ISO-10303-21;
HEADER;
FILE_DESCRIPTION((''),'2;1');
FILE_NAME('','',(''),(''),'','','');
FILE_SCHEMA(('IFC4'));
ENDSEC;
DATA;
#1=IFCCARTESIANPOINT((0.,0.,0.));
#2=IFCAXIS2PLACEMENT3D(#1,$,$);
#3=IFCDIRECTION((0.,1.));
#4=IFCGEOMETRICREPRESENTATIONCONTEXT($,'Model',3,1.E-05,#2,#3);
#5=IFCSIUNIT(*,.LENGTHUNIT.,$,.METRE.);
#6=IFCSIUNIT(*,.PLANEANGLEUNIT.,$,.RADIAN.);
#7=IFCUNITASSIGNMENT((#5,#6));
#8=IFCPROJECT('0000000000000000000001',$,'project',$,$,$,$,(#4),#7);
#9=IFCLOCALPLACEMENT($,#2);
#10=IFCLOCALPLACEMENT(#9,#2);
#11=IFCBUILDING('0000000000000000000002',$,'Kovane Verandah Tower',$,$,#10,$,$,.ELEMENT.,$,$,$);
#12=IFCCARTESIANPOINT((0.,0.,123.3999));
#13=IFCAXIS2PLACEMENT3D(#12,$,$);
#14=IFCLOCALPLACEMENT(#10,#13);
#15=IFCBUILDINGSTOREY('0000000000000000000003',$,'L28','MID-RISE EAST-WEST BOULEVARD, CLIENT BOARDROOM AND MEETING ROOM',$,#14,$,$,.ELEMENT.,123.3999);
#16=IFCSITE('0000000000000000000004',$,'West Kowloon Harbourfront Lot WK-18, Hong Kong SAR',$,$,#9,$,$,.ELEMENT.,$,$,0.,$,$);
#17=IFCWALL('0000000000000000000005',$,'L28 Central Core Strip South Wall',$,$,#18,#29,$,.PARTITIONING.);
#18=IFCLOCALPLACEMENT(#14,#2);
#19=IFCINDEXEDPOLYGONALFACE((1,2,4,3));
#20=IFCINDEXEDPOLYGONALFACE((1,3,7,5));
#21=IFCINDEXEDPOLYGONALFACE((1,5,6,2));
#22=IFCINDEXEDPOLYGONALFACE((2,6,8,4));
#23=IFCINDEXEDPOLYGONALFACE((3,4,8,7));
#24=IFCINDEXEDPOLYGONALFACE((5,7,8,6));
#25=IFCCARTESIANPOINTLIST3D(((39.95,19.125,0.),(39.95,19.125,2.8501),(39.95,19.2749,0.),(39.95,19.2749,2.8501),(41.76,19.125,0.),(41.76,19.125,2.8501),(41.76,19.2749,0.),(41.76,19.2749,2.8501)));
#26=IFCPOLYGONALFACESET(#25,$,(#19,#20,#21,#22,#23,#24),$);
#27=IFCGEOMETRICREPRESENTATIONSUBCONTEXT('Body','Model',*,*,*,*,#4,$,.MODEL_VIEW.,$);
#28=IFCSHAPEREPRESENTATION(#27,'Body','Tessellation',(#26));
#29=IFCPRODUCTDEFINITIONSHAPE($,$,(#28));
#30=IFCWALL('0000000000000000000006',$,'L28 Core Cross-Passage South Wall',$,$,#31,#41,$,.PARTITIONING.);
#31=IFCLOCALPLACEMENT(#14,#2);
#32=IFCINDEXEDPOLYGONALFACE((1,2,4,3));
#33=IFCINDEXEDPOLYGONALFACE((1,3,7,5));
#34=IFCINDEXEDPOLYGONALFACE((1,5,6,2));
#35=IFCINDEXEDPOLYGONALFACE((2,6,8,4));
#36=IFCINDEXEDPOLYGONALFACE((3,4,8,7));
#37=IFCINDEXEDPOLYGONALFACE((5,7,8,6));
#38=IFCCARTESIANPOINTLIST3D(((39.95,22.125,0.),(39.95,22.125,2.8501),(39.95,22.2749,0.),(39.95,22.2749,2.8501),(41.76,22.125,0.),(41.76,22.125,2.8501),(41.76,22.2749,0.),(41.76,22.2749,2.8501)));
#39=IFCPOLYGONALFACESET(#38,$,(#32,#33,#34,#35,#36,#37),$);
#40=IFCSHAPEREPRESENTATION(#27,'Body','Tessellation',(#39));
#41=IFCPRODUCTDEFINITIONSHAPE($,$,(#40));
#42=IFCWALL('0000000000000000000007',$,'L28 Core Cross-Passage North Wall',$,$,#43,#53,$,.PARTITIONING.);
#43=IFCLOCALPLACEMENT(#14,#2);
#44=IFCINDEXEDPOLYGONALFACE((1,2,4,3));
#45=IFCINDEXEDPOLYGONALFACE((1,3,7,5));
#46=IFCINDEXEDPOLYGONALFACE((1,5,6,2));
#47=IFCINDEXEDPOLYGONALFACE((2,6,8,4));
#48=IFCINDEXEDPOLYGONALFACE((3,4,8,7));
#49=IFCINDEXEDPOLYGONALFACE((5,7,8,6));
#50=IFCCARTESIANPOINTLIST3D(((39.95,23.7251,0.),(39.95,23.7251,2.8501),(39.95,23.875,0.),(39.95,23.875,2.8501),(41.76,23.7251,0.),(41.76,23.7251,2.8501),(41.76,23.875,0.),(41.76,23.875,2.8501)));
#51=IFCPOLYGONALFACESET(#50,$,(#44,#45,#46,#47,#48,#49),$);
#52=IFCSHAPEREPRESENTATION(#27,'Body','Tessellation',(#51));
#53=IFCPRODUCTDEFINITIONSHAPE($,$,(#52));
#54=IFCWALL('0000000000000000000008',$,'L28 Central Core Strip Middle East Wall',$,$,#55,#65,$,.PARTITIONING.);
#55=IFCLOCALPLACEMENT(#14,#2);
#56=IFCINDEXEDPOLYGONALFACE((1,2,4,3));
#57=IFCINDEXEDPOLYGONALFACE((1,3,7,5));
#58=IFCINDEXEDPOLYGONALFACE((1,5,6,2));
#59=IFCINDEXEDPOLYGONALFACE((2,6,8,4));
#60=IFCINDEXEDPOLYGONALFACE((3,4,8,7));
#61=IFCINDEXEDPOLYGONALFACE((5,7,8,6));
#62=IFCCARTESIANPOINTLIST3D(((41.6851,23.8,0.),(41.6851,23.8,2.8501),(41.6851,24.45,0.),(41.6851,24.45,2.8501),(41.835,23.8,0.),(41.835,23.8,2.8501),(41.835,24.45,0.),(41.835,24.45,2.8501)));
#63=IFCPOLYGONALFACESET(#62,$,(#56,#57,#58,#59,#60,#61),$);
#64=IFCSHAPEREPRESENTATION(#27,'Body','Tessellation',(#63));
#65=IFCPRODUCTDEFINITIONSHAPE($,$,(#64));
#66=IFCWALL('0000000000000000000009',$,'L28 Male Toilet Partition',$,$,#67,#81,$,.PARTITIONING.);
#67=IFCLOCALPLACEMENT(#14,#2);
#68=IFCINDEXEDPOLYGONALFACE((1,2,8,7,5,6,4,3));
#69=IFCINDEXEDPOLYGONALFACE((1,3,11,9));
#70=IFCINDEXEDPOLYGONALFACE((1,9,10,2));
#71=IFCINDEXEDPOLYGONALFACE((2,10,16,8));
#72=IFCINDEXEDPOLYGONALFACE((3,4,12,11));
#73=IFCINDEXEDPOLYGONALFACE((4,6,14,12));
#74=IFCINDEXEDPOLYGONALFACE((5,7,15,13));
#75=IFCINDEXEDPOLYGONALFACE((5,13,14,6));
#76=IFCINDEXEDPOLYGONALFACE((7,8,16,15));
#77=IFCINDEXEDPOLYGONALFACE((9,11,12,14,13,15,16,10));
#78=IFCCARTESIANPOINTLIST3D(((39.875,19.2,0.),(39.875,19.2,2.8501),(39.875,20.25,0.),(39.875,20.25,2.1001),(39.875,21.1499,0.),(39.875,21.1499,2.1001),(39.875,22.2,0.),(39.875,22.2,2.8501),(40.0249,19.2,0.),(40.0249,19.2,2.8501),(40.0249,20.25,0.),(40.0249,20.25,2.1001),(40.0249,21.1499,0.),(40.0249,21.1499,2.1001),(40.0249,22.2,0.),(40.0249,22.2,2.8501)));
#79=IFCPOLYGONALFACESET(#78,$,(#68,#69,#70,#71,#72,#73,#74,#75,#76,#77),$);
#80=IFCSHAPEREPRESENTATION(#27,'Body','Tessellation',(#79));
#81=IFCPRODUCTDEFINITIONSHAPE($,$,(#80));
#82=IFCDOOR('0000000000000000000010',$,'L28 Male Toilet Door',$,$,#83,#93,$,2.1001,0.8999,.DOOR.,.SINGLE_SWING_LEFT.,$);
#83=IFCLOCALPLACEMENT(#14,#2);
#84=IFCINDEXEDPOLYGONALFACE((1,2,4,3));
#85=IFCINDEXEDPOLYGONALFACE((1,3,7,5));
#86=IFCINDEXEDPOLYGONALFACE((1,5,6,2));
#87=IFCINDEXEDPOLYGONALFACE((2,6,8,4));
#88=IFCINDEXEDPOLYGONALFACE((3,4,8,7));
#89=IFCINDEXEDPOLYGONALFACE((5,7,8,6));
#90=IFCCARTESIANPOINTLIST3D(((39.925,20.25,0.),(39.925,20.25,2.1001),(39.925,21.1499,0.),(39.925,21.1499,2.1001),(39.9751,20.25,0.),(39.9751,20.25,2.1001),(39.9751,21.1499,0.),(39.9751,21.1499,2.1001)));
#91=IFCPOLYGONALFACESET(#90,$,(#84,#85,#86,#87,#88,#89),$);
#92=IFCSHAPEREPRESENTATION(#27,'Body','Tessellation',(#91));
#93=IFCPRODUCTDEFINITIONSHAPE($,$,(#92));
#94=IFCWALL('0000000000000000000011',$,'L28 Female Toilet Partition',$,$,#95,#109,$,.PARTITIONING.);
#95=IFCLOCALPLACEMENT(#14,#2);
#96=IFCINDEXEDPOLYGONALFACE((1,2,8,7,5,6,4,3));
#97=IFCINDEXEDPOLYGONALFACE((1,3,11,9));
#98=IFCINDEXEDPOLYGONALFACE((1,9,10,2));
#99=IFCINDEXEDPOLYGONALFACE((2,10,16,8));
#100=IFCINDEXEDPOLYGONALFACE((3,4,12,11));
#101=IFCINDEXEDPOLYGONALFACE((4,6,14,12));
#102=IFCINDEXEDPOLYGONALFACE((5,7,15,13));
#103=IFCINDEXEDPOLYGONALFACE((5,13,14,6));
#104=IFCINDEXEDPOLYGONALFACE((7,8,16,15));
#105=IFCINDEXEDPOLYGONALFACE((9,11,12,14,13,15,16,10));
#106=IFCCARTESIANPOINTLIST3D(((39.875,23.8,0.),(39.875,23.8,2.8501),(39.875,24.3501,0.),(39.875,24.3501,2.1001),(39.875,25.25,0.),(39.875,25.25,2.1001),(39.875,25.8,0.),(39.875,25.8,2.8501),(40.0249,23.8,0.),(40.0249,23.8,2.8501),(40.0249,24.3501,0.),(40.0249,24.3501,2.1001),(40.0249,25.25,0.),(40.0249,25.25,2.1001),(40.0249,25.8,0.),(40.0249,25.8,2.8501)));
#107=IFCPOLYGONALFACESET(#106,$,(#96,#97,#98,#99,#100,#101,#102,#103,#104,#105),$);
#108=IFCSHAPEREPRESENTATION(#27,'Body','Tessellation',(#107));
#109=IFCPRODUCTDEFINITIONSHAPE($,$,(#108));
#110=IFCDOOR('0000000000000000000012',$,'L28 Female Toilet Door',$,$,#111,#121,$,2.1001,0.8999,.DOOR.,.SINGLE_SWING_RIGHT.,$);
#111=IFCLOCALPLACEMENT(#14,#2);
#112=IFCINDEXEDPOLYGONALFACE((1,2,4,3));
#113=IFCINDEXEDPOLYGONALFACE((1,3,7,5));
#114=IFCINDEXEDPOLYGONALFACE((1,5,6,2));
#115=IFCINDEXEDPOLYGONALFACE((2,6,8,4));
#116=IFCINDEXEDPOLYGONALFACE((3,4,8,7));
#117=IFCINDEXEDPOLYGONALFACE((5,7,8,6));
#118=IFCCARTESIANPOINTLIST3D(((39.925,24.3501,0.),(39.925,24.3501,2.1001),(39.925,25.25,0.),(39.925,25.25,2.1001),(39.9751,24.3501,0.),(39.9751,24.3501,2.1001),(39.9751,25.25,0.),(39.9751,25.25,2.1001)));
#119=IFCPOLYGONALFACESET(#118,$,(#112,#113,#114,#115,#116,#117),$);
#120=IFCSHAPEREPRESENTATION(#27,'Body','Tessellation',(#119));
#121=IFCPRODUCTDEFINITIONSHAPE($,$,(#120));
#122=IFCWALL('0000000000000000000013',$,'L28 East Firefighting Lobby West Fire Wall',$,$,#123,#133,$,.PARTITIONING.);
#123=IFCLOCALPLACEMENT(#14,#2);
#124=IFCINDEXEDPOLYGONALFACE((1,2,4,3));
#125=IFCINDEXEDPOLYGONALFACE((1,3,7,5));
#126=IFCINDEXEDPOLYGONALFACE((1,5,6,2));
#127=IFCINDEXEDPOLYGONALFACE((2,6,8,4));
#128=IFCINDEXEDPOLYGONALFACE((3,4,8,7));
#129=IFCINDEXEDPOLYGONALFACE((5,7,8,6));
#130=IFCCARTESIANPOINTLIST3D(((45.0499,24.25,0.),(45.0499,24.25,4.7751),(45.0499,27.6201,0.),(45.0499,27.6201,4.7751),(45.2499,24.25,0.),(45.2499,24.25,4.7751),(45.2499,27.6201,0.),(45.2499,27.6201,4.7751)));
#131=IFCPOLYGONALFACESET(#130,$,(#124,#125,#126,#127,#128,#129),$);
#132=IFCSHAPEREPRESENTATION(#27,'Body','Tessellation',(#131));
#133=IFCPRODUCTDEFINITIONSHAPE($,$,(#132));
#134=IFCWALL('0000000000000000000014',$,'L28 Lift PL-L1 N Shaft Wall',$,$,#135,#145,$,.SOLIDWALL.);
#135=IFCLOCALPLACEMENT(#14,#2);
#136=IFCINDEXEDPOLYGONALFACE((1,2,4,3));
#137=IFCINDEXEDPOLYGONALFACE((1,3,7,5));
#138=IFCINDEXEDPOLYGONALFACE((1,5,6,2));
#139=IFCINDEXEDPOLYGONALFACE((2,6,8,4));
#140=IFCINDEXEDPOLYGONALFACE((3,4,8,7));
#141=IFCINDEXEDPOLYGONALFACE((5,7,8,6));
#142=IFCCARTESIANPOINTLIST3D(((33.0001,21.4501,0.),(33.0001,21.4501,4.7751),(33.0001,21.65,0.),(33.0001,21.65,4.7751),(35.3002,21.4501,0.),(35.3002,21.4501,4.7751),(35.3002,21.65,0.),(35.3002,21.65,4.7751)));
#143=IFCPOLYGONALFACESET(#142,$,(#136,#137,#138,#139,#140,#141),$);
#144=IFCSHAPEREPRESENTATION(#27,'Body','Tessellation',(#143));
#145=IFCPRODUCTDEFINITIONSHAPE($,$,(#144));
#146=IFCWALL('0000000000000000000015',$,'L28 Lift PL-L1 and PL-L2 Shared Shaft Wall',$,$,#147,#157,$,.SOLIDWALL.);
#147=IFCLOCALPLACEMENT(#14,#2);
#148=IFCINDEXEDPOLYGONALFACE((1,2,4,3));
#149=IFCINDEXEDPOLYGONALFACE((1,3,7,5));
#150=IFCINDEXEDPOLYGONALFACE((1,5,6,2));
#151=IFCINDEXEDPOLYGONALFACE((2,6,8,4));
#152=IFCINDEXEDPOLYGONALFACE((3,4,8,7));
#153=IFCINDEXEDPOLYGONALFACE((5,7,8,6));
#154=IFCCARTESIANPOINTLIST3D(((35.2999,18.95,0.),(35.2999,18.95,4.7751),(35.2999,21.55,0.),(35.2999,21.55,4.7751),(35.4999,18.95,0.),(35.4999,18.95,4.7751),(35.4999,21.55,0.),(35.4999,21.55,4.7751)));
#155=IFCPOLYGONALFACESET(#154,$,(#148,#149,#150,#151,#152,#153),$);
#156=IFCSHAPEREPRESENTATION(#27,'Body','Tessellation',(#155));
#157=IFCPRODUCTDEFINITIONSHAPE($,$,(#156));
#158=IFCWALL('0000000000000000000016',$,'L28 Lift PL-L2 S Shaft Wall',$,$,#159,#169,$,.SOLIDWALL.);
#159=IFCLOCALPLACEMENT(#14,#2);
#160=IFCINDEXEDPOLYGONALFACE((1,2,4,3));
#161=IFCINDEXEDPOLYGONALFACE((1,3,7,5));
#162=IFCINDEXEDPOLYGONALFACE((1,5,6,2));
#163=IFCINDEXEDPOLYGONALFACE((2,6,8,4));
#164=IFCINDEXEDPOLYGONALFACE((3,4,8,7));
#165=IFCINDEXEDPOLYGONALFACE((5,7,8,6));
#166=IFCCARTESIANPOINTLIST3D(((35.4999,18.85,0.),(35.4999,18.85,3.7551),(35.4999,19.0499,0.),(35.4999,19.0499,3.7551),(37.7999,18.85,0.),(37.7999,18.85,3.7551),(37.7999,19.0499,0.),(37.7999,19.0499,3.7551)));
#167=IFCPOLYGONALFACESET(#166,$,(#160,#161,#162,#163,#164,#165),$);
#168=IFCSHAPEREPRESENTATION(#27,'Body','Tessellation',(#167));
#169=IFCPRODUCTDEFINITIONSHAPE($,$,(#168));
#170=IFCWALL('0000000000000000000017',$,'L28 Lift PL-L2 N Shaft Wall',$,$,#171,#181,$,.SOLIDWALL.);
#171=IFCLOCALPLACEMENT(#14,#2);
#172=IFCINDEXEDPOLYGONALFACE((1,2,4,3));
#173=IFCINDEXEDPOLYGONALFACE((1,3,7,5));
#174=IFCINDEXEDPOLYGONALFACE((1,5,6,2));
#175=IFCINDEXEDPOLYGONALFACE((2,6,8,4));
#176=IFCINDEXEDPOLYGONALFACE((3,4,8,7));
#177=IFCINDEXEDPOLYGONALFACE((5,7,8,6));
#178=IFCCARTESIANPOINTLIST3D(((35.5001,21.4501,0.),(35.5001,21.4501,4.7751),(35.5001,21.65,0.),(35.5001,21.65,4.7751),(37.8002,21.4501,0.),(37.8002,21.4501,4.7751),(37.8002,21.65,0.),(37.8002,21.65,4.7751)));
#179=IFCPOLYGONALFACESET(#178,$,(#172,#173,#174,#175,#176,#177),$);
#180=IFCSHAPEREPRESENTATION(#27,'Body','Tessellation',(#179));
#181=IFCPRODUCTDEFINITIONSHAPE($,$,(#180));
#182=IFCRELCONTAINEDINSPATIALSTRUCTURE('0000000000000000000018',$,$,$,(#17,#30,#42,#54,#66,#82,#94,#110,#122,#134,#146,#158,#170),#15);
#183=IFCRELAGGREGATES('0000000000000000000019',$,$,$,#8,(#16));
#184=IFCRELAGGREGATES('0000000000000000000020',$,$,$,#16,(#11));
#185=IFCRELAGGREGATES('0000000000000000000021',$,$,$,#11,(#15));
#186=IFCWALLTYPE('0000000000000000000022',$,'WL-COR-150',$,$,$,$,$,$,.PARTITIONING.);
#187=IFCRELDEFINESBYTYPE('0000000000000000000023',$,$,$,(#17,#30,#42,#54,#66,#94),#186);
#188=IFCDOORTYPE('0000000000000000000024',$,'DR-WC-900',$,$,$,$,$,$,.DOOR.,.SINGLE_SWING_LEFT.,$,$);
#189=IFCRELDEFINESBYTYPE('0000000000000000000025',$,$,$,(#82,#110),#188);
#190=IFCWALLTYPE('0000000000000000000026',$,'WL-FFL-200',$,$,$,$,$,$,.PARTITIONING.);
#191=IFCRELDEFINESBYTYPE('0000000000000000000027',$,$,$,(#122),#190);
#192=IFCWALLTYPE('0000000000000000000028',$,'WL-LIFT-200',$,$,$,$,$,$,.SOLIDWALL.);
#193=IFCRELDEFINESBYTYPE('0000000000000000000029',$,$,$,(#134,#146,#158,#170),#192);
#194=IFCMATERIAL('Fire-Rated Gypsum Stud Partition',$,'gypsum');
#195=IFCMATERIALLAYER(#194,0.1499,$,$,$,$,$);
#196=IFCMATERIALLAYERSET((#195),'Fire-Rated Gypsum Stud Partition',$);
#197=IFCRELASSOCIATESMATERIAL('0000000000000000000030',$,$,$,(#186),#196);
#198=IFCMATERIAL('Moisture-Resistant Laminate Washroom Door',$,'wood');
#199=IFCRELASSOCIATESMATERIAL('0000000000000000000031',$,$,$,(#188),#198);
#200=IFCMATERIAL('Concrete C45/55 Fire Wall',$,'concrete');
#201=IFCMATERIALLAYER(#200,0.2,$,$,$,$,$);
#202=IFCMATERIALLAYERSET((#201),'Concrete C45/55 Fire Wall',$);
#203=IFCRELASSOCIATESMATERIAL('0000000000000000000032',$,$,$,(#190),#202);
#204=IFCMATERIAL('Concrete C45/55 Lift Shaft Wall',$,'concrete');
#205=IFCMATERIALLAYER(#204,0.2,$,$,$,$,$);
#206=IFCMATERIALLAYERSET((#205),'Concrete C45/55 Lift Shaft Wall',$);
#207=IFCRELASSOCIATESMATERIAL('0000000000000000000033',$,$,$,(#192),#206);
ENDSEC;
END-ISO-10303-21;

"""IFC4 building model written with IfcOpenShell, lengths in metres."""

from ifc_helpers import new_model, si_unit, direction, frame, frame_2d, origin, place, context, subcontext, project, spatial, rectangle, extrude, material, layer, layer_set, type_object, element, fill, save


model = new_model("IFC4")

# Units and contexts
model_context = context("Model", 3, precision=1e-05, world=origin(), true_north=direction((0.0, 1.0)))
body_context = subcontext(model_context, "Body", "Model", "MODEL_VIEW")
ifc_project = project(units=[si_unit("LENGTHUNIT", "METRE"), si_unit("PLANEANGLEUNIT", "RADIAN")], contexts=[model_context])

# Site, building, storey
site_placement = place(None, origin())
site = spatial("IfcSite", under=ifc_project, at=site_placement, Name="West Kowloon Harbourfront Lot WK-18, Hong Kong SAR", CompositionType="ELEMENT", RefElevation=0.0)
building_placement = place(site_placement, origin())
building = spatial("IfcBuilding", under=site, at=building_placement, Name="Kovane Verandah Tower", CompositionType="ELEMENT")
storey_placement = place(building_placement, frame((0.0, 0.0, 123.3999)))
storey = spatial("IfcBuildingStorey", under=building, at=storey_placement, Name="L28", Description="MID-RISE EAST-WEST BOULEVARD, CLIENT BOARDROOM AND MEETING ROOM", CompositionType="ELEMENT", Elevation=123.3999)

# Walls
ifc_material_1 = material(Name="Fire-Rated Gypsum Stud Partition", Category="gypsum")
ifc_layer_1 = layer(ifc_material_1, 0.1499)
ifc_layer_set_1 = layer_set([ifc_layer_1], Name="Fire-Rated Gypsum Stud Partition")
wall_type_1 = type_object("IfcWallType", Name="WL-COR-150", PredefinedType="PARTITIONING", material=ifc_layer_set_1)
for number, where, z_axis, x_axis, name in (
    (1, (39.95, 19.2, 0.0), (0.0, 0.0, 1.0), (1.0, 0.0, 0.0), "L28 Central Core Strip South Wall"),
    (2, (39.95, 22.2, 0.0), (0.0, 0.0, 1.0), (1.0, 0.0, 0.0), "L28 Core Cross-Passage South Wall"),
    (3, (39.95, 23.8, 0.0), (0.0, 0.0, 1.0), (1.0, 0.0, 0.0), "L28 Core Cross-Passage North Wall"),
):
    element("IfcWall", number, at=place(storey_placement, frame(where, z_axis=z_axis, x_axis=x_axis)), inside=storey, type_object=wall_type_1, Name=name, PredefinedType="PARTITIONING", context=body_context, shape_type="SweptSolid", body=[
        extrude(rectangle(XDim=1.8101, YDim=0.1499, at=frame_2d((0.905, 0.0))), origin(), (0.0, 0.0, 1.0), 2.8501),
    ])
wall_1_placement = place(storey_placement, frame((41.76, 23.8, 0.0), z_axis=(0.0, 0.0, 1.0), x_axis=(0.0, 1.0, 0.0)))
element("IfcWall", 4, at=wall_1_placement, inside=storey, type_object=wall_type_1, Name="L28 Central Core Strip Middle East Wall", PredefinedType="PARTITIONING", context=body_context, shape_type="SweptSolid", body=[
    extrude(rectangle(XDim=0.6499, YDim=0.1499, at=frame_2d((0.325, 0.0))), origin(), (0.0, 0.0, 1.0), 2.8501),
])

# Walls, openings, doors
wall_2_placement = place(storey_placement, frame((39.95, 19.2, 0.0), z_axis=(0.0, 0.0, 1.0), x_axis=(0.0, 1.0, 0.0)))
wall_2 = element("IfcWall", 5, at=wall_2_placement, inside=storey, type_object=wall_type_1, Name="L28 Male Toilet Partition", PredefinedType="PARTITIONING", context=body_context, shape_type="SweptSolid", body=[
    extrude(rectangle(XDim=3.0, YDim=0.1499, at=frame_2d((1.5, 0.0))), origin(), (0.0, 0.0, 1.0), 2.8501),
])
opening_1_placement = place(wall_2_placement, frame((1.05, 0.0, 0.0)))
opening_1 = element("IfcOpeningElement", 6, at=opening_1_placement, cuts=wall_2, PredefinedType="OPENING", context=body_context, shape_type="SweptSolid", body=[
    extrude(rectangle(XDim=0.8999, YDim=2.1001, at=frame_2d((0.45, 1.05))), frame((0.0, 0.075, 0.0), z_axis=(0.0, -1.0, 0.0), x_axis=(1.0, 0.0, 0.0)), (0.0, 0.0, 1.0), 0.1499),
])
ifc_material_2 = material(Name="Moisture-Resistant Laminate Washroom Door", Category="wood")
door_type_1 = type_object("IfcDoorType", Name="DR-WC-900", OperationType="SINGLE_SWING_LEFT", PredefinedType="DOOR", material=ifc_material_2)
door_1_placement = place(opening_1_placement, origin())
door_1 = element("IfcDoor", 7, at=door_1_placement, inside=storey, type_object=door_type_1, Name="L28 Male Toilet Door", OperationType="SINGLE_SWING_LEFT", OverallHeight=2.1001, OverallWidth=0.8999, PredefinedType="DOOR", context=body_context, shape_type="SweptSolid", body=[
    extrude(rectangle(XDim=0.8999, YDim=2.1001, at=frame_2d((0.45, 1.05))), frame((0.0, 0.0249, 0.0), z_axis=(0.0, -1.0, 0.0), x_axis=(1.0, 0.0, 0.0)), (0.0, 0.0, 1.0), 0.05),
])
fill(opening_1, door_1)
wall_3_placement = place(storey_placement, frame((39.95, 23.8, 0.0), z_axis=(0.0, 0.0, 1.0), x_axis=(0.0, 1.0, 0.0)))
wall_3 = element("IfcWall", 8, at=wall_3_placement, inside=storey, type_object=wall_type_1, Name="L28 Female Toilet Partition", PredefinedType="PARTITIONING", context=body_context, shape_type="SweptSolid", body=[
    extrude(rectangle(XDim=2.0, YDim=0.1499, at=frame_2d((1.0, 0.0))), origin(), (0.0, 0.0, 1.0), 2.8501),
])
opening_2_placement = place(wall_3_placement, frame((0.55, 0.0, 0.0)))
opening_2 = element("IfcOpeningElement", 9, at=opening_2_placement, cuts=wall_3, PredefinedType="OPENING", context=body_context, shape_type="SweptSolid", body=[
    extrude(rectangle(XDim=0.8999, YDim=2.1001, at=frame_2d((0.45, 1.05))), frame((0.0, 0.075, 0.0), z_axis=(0.0, -1.0, 0.0), x_axis=(1.0, 0.0, 0.0)), (0.0, 0.0, 1.0), 0.1499),
])
door_2_placement = place(opening_2_placement, origin())
door_2 = element("IfcDoor", 10, at=door_2_placement, inside=storey, type_object=door_type_1, Name="L28 Female Toilet Door", OperationType="SINGLE_SWING_RIGHT", OverallHeight=2.1001, OverallWidth=0.8999, PredefinedType="DOOR", context=body_context, shape_type="SweptSolid", body=[
    extrude(rectangle(XDim=0.8999, YDim=2.1001, at=frame_2d((0.45, 1.05))), frame((0.0, 0.0249, 0.0), z_axis=(0.0, -1.0, 0.0), x_axis=(1.0, 0.0, 0.0)), (0.0, 0.0, 1.0), 0.05),
])
fill(opening_2, door_2)

# Wall
ifc_material_3 = material(Name="Concrete C45/55 Fire Wall", Category="concrete")
ifc_layer_2 = layer(ifc_material_3, 0.2)
ifc_layer_set_2 = layer_set([ifc_layer_2], Name="Concrete C45/55 Fire Wall")
wall_type_2 = type_object("IfcWallType", Name="WL-FFL-200", PredefinedType="PARTITIONING", material=ifc_layer_set_2)
wall_4_placement = place(storey_placement, frame((45.1499, 24.25, 0.0), z_axis=(0.0, 0.0, 1.0), x_axis=(0.0, 1.0, 0.0)))
element("IfcWall", 11, at=wall_4_placement, inside=storey, type_object=wall_type_2, Name="L28 East Firefighting Lobby West Fire Wall", PredefinedType="PARTITIONING", context=body_context, shape_type="SweptSolid", body=[
    extrude(rectangle(XDim=3.3701, YDim=0.2, at=frame_2d((1.6851, 0.0))), origin(), (0.0, 0.0, 1.0), 4.7751),
])

# Walls
ifc_material_4 = material(Name="Concrete C45/55 Lift Shaft Wall", Category="concrete")
ifc_layer_3 = layer(ifc_material_4, 0.2)
ifc_layer_set_3 = layer_set([ifc_layer_3], Name="Concrete C45/55 Lift Shaft Wall")
wall_type_3 = type_object("IfcWallType", Name="WL-LIFT-200", PredefinedType="SOLIDWALL", material=ifc_layer_set_3)
wall_5_placement = place(storey_placement, frame((35.3, 21.55, 0.0), z_axis=(0.0, 0.0, 1.0), x_axis=(-1.0, 0.0, 0.0)))
element("IfcWall", 12, at=wall_5_placement, inside=storey, type_object=wall_type_3, Name="L28 Lift PL-L1 N Shaft Wall", PredefinedType="SOLIDWALL", context=body_context, shape_type="SweptSolid", body=[
    extrude(rectangle(XDim=2.3, YDim=0.2, at=frame_2d((1.1499, 0.0))), origin(), (0.0, 0.0, 1.0), 4.7751),
])
wall_6_placement = place(storey_placement, frame((35.3999, 18.95, 0.0), z_axis=(0.0, 0.0, 1.0), x_axis=(0.0, 1.0, 0.0)))
element("IfcWall", 13, at=wall_6_placement, inside=storey, type_object=wall_type_3, Name="L28 Lift PL-L1 and PL-L2 Shared Shaft Wall", PredefinedType="SOLIDWALL", context=body_context, shape_type="SweptSolid", body=[
    extrude(rectangle(XDim=2.6001, YDim=0.2, at=frame_2d((1.3, 0.0))), origin(), (0.0, 0.0, 1.0), 4.7751),
])
wall_7_placement = place(storey_placement, frame((35.5, 18.95, 0.0), z_axis=(0.0, 0.0, 1.0), x_axis=(1.0, 0.0, 0.0)))
element("IfcWall", 14, at=wall_7_placement, inside=storey, type_object=wall_type_3, Name="L28 Lift PL-L2 S Shaft Wall", PredefinedType="SOLIDWALL", context=body_context, shape_type="SweptSolid", body=[
    extrude(rectangle(XDim=2.3, YDim=0.2, at=frame_2d((1.1499, 0.0))), origin(), (0.0, 0.0, 1.0), 3.7551),
])
wall_8_placement = place(storey_placement, frame((37.8, 21.55, 0.0), z_axis=(0.0, 0.0, 1.0), x_axis=(-1.0, 0.0, 0.0)))
element("IfcWall", 15, at=wall_8_placement, inside=storey, type_object=wall_type_3, Name="L28 Lift PL-L2 N Shaft Wall", PredefinedType="SOLIDWALL", context=body_context, shape_type="SweptSolid", body=[
    extrude(rectangle(XDim=2.3, YDim=0.2, at=frame_2d((1.1499, 0.0))), origin(), (0.0, 0.0, 1.0), 4.7751),
])

save(model, "model.ifc")
